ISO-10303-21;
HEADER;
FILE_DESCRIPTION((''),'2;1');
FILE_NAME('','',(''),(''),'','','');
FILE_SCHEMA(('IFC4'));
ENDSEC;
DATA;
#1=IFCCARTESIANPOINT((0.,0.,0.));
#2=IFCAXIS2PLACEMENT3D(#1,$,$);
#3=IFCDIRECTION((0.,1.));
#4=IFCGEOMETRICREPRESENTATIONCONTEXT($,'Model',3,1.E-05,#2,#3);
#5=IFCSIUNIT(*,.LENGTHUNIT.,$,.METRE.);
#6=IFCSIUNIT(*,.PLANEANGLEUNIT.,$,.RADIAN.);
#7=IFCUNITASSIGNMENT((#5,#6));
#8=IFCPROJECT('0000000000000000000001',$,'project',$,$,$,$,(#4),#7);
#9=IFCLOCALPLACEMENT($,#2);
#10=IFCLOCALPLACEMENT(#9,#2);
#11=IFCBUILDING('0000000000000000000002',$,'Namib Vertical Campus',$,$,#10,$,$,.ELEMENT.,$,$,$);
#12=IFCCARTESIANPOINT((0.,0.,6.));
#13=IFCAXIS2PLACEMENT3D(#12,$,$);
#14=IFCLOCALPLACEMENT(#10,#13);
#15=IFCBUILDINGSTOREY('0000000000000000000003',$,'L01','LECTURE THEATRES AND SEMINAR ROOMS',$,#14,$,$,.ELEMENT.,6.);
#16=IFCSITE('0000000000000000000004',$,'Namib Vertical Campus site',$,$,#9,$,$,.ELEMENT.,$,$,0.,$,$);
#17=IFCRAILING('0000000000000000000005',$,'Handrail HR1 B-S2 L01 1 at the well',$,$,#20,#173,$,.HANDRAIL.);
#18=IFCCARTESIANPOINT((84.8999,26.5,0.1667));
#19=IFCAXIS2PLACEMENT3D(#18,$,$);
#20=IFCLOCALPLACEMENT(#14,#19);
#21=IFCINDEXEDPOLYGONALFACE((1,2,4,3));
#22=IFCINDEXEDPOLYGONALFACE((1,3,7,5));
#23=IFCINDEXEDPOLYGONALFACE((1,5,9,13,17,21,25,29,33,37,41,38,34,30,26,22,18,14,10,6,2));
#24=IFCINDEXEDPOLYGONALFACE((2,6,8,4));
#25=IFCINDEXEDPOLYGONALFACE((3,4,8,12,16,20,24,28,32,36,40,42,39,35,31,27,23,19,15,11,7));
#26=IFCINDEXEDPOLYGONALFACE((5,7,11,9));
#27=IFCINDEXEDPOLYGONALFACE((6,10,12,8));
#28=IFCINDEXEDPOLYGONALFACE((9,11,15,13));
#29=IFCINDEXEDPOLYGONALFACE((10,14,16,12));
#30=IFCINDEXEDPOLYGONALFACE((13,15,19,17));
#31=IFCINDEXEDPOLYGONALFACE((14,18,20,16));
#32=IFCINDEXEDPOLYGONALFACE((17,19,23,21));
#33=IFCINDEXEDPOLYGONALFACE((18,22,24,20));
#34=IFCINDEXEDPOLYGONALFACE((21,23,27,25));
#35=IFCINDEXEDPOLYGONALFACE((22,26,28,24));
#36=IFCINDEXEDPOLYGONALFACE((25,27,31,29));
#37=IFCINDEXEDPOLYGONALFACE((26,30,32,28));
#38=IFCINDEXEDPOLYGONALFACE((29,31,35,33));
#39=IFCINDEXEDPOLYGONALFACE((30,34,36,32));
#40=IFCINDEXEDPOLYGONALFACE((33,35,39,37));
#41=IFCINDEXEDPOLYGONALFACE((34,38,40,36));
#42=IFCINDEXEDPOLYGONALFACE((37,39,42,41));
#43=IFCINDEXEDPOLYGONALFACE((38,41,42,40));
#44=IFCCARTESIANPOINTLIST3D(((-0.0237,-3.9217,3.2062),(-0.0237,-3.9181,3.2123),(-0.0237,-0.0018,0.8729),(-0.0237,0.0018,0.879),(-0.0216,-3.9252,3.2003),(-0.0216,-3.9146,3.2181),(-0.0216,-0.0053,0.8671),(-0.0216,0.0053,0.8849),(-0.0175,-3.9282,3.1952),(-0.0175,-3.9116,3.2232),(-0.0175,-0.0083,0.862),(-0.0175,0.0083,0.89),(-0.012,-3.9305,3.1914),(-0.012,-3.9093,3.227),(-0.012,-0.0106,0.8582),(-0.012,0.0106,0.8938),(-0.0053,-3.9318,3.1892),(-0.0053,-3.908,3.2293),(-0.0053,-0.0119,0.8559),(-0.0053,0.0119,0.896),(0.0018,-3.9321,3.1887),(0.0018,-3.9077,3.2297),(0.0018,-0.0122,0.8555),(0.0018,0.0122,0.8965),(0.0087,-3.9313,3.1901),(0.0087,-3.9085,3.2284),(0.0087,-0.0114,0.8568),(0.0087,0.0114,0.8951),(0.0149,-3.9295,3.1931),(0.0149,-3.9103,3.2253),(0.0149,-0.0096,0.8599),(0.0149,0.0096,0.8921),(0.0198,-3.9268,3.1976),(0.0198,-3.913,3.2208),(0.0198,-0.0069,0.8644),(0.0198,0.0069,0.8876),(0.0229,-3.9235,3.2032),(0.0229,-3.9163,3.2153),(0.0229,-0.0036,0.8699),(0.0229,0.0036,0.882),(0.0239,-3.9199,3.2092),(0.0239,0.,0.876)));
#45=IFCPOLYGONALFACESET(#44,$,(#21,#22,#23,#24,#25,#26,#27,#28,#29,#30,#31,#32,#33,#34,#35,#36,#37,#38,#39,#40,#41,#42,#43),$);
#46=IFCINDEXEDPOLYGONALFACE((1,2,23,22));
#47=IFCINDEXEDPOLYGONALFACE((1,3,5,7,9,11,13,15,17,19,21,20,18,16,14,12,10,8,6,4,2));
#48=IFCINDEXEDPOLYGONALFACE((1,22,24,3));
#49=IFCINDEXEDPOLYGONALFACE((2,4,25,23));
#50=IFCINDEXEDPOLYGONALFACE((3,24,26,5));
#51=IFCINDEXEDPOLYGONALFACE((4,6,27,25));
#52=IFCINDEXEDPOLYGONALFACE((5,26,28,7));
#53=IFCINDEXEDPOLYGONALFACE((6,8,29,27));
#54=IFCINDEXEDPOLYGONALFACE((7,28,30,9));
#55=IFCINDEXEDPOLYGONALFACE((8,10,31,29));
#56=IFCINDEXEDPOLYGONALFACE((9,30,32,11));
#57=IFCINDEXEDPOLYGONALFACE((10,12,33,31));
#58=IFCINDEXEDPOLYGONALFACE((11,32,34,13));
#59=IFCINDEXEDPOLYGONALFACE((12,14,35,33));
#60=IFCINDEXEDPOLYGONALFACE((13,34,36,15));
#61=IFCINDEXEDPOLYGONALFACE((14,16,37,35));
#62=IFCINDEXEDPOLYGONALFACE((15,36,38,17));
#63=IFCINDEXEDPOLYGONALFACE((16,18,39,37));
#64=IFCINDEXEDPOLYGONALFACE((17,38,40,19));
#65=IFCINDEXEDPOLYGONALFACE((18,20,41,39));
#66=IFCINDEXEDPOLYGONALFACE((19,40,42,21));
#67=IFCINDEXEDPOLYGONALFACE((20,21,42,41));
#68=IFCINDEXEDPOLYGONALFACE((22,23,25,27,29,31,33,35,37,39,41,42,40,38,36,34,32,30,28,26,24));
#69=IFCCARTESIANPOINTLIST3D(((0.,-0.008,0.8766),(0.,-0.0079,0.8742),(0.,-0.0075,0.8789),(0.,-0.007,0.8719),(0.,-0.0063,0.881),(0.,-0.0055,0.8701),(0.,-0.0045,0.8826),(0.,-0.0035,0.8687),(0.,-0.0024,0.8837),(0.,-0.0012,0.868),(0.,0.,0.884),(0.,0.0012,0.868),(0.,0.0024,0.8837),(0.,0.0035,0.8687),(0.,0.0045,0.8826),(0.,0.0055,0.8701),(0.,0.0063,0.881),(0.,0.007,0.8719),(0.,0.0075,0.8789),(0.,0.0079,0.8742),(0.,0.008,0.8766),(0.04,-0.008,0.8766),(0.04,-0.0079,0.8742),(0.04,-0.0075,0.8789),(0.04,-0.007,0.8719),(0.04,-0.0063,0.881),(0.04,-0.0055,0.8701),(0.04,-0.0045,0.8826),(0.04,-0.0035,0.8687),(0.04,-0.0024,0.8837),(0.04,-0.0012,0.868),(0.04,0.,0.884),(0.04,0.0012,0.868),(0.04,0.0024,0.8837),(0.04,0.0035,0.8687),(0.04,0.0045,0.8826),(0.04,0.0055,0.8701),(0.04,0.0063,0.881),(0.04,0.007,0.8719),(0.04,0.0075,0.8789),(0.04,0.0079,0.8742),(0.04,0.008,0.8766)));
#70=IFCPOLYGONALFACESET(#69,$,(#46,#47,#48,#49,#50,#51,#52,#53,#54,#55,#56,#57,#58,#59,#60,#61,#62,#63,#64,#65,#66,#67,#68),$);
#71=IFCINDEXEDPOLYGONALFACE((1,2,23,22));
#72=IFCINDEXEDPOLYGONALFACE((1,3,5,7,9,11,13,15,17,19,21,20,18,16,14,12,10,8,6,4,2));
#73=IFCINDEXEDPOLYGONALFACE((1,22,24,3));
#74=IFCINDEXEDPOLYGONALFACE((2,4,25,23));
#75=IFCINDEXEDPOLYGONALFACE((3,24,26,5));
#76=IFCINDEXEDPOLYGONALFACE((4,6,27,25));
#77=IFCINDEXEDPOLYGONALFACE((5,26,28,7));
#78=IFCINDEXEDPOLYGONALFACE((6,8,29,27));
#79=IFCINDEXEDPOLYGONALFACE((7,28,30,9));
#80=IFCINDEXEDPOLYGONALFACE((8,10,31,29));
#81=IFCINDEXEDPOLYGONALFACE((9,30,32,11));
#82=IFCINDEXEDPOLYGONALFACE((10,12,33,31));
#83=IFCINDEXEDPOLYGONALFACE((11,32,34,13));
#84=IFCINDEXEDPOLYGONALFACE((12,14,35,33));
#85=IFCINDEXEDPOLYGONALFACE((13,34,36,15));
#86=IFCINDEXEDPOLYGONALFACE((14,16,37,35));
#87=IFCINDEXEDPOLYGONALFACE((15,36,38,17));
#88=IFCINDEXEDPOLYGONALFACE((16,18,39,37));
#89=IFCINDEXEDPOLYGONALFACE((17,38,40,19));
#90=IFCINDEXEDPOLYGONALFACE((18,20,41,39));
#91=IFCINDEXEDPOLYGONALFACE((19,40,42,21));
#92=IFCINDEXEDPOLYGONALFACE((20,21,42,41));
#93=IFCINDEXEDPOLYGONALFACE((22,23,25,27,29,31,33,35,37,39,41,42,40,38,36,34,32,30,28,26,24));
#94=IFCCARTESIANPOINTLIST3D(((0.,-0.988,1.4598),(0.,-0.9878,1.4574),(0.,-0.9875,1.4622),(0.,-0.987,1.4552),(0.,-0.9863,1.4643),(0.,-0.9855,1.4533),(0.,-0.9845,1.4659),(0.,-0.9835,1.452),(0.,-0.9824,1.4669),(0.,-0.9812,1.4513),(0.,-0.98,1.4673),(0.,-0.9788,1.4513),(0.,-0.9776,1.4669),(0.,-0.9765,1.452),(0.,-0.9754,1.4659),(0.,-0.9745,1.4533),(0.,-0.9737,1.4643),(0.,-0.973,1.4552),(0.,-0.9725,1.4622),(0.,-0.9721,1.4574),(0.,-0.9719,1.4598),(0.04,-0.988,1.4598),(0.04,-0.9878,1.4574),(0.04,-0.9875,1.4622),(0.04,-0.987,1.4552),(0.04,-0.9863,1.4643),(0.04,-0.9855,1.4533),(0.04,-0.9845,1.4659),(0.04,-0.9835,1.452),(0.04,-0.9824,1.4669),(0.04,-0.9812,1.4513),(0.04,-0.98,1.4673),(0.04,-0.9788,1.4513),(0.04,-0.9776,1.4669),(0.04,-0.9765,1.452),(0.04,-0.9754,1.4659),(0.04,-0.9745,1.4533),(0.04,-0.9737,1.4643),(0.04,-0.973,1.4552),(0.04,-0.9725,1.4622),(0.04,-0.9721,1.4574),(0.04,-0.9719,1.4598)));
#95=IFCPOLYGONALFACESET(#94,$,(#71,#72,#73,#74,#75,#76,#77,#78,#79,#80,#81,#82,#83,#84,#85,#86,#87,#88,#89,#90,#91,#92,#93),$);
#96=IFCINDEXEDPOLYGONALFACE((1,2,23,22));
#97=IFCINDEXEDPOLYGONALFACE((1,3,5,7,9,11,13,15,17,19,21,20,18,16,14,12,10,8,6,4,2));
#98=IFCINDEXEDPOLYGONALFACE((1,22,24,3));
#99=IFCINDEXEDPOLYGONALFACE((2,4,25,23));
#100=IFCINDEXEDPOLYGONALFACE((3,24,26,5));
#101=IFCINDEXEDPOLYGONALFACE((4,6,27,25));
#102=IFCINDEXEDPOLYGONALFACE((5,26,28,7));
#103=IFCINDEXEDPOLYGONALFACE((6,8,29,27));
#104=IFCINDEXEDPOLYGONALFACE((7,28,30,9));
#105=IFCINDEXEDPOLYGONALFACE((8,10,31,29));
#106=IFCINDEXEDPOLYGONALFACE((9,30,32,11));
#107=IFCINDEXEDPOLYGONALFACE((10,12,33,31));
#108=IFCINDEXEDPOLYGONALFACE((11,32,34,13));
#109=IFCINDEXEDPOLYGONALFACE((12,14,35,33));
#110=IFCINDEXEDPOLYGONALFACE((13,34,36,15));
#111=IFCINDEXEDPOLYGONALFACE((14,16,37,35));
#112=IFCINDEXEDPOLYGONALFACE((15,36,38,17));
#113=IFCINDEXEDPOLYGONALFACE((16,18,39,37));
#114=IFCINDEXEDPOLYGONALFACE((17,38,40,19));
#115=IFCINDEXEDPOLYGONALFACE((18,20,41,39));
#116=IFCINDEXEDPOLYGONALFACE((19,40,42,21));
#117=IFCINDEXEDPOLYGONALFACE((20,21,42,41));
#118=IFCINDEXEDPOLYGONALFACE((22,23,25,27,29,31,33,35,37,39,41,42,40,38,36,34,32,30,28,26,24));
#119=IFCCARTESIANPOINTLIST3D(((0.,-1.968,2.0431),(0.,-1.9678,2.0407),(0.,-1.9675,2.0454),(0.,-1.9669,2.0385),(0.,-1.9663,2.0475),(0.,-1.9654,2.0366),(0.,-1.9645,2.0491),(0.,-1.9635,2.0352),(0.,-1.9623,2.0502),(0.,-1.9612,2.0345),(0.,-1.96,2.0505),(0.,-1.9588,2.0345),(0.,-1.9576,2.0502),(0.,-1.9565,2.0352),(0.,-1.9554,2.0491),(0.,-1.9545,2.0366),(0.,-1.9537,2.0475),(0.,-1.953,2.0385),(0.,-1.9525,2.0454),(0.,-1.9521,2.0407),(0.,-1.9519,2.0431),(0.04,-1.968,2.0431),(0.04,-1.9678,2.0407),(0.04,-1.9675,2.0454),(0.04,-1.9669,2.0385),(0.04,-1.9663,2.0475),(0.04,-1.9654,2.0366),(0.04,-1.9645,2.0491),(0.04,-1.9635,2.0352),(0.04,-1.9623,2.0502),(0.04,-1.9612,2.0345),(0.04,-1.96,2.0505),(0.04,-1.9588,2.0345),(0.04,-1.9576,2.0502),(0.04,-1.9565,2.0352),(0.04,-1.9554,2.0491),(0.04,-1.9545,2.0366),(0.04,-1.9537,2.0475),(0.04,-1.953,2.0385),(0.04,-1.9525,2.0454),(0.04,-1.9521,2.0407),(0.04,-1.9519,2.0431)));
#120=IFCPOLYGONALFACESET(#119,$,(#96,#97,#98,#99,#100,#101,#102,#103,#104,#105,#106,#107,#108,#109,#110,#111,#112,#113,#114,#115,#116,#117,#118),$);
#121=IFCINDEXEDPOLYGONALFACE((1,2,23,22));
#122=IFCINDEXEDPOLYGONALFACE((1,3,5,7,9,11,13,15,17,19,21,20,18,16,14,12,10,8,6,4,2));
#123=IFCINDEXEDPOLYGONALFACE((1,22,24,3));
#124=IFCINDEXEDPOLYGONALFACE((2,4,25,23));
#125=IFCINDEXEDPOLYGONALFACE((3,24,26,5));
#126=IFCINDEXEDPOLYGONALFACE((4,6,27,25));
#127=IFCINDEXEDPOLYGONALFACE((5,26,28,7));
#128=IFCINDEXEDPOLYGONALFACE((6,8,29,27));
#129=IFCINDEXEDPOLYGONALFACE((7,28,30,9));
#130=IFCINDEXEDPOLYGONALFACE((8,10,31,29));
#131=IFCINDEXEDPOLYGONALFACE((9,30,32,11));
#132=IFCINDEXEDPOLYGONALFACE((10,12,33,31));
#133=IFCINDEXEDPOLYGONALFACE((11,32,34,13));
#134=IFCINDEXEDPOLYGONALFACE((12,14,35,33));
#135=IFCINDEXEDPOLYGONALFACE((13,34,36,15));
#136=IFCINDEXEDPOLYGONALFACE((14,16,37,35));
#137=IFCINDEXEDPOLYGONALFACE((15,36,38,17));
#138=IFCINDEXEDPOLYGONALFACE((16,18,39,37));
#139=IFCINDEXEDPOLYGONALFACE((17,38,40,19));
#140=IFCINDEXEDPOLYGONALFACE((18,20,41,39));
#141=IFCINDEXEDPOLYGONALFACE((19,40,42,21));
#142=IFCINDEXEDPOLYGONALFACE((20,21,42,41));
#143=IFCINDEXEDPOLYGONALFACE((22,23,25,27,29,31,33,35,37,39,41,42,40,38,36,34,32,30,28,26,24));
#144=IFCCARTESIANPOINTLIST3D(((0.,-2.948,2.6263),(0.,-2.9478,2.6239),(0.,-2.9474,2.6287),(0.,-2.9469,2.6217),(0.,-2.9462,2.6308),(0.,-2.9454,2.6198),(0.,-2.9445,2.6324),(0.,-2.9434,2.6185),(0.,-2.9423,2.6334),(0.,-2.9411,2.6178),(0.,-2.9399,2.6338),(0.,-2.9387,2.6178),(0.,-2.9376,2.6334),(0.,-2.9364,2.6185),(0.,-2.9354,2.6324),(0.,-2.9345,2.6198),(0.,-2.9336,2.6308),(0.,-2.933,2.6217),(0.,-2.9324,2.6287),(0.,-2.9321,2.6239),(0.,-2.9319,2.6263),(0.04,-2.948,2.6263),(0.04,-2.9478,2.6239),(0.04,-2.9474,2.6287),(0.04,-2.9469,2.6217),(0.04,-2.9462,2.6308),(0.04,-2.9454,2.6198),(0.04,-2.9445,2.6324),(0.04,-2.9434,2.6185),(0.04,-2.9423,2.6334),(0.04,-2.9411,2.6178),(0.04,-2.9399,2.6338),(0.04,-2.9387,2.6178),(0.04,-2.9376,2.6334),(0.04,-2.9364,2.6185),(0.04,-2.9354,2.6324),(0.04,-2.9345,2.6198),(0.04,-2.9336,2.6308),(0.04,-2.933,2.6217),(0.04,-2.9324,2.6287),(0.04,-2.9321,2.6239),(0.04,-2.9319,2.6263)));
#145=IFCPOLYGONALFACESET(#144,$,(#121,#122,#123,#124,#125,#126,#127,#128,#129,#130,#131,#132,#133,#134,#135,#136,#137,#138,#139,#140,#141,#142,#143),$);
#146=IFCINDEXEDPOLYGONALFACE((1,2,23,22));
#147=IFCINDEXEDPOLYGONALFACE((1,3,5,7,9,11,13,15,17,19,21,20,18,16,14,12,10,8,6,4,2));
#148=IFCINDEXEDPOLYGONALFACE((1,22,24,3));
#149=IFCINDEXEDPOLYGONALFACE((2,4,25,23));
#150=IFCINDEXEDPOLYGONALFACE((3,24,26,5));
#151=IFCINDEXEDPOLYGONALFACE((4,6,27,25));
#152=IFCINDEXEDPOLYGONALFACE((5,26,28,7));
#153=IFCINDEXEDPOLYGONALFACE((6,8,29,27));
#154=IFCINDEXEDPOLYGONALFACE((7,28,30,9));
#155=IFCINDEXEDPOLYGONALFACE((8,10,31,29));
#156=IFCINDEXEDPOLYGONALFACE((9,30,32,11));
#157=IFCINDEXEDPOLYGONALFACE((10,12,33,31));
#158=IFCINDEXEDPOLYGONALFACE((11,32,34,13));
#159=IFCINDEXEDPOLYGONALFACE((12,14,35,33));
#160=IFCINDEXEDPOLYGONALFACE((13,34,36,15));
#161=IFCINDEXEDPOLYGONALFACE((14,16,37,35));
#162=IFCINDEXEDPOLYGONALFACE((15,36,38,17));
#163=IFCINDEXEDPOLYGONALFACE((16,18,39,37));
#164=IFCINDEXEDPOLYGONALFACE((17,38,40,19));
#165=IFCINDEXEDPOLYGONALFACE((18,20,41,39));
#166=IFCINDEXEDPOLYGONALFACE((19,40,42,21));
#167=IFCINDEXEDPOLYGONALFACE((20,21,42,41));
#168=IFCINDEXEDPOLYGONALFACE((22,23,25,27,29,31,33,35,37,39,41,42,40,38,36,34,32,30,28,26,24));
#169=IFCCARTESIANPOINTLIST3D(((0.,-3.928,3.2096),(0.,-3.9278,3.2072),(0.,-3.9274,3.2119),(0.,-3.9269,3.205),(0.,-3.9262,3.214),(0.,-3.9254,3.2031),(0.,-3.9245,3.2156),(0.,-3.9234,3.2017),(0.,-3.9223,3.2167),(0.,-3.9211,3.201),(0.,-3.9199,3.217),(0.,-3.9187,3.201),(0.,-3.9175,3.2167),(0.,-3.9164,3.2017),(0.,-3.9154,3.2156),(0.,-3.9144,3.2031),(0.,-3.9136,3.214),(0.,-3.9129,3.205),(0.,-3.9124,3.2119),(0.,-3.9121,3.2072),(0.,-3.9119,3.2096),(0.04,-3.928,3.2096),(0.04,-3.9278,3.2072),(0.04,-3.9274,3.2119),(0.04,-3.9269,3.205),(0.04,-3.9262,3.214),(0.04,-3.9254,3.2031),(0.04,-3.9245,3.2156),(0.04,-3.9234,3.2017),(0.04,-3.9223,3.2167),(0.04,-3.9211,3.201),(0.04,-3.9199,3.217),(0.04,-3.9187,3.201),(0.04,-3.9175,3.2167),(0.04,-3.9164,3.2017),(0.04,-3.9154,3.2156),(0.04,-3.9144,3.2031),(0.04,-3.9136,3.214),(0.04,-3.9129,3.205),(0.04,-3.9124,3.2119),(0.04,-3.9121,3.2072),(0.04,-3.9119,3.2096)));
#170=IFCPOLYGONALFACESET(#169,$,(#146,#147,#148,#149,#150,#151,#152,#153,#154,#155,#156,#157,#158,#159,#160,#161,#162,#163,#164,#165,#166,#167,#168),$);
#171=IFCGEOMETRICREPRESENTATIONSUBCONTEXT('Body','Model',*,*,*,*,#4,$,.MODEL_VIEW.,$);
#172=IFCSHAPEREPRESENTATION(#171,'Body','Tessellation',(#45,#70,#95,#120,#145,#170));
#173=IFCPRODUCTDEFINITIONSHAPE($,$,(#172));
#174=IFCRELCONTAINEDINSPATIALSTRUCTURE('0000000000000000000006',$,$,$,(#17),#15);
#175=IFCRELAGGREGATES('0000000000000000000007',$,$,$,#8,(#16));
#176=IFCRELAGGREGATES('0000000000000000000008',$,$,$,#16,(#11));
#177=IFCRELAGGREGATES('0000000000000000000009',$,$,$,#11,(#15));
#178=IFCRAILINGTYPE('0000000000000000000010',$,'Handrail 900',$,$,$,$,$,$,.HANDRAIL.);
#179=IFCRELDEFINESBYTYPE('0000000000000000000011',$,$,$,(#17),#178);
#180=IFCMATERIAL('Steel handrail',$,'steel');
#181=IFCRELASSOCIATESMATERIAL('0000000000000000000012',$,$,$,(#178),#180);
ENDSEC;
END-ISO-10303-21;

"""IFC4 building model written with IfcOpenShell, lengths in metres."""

from ifc_helpers import new_model, si_unit, direction, frame, origin, origin_2d, place, context, subcontext, project, spatial, circle, extrude, material, type_object, element, save


model = new_model("IFC4")

# Units and contexts
model_context = context("Model", 3, precision=1e-05, world=origin(), true_north=direction((0.0, 1.0)))
body_context = subcontext(model_context, "Body", "Model", "MODEL_VIEW")
ifc_project = project(units=[si_unit("LENGTHUNIT", "METRE"), si_unit("PLANEANGLEUNIT", "RADIAN")], contexts=[model_context])

# Site, building, storey
site_placement = place(None, origin())
site = spatial("IfcSite", under=ifc_project, at=site_placement, Name="Namib Vertical Campus site", CompositionType="ELEMENT", RefElevation=0.0)
building_placement = place(site_placement, origin())
building = spatial("IfcBuilding", under=site, at=building_placement, Name="Namib Vertical Campus", CompositionType="ELEMENT")
storey_placement = place(building_placement, frame((0.0, 0.0, 6.0)))
storey = spatial("IfcBuildingStorey", under=building, at=storey_placement, Name="L01", Description="LECTURE THEATRES AND SEMINAR ROOMS", CompositionType="ELEMENT", Elevation=6.0)

# Railing
ifc_material_1 = material(Name="Steel handrail", Category="steel")
railing_type_1 = type_object("IfcRailingType", Name="Handrail 900", PredefinedType="HANDRAIL", material=ifc_material_1)
railing_1_placement = place(storey_placement, frame((84.8999, 26.5, 0.1667)))
element("IfcRailing", 1, at=railing_1_placement, inside=storey, type_object=railing_type_1, Name="Handrail HR1 B-S2 L01 1 at the well", PredefinedType="HANDRAIL", context=body_context, shape_type="SweptSolid", body=[
    extrude(circle(Radius=0.0239, at=origin_2d()), frame((0.0, 0.0, 0.876), z_axis=(0.0, -0.859296, 0.511478), x_axis=(1.0, 0.0, 0.0)), (0.0, 0.0, 1.0), 4.5618),
    extrude(circle(Radius=0.0081, at=origin_2d()), frame((0.0, 0.0, 0.876), z_axis=(1.0, 0.0, 0.0), x_axis=(0.0, 0.0, 1.0)), (0.0, 0.0, 1.0), 0.04),
    extrude(circle(Radius=0.0081, at=origin_2d()), frame((0.0, -0.98, 1.4592), z_axis=(1.0, 0.0, 0.0), x_axis=(0.0, 0.0, 1.0)), (0.0, 0.0, 1.0), 0.04),
    extrude(circle(Radius=0.0081, at=origin_2d()), frame((0.0, -1.96, 2.0425), z_axis=(1.0, 0.0, 0.0), x_axis=(0.0, 0.0, 1.0)), (0.0, 0.0, 1.0), 0.04),
    extrude(circle(Radius=0.0081, at=origin_2d()), frame((0.0, -2.9399, 2.6257), z_axis=(1.0, 0.0, 0.0), x_axis=(0.0, 0.0, 1.0)), (0.0, 0.0, 1.0), 0.04),
    extrude(circle(Radius=0.0081, at=origin_2d()), frame((0.0, -3.9199, 3.209), z_axis=(1.0, 0.0, 0.0), x_axis=(0.0, 0.0, 1.0)), (0.0, 0.0, 1.0), 0.04),
])

save(model, "model.ifc")
